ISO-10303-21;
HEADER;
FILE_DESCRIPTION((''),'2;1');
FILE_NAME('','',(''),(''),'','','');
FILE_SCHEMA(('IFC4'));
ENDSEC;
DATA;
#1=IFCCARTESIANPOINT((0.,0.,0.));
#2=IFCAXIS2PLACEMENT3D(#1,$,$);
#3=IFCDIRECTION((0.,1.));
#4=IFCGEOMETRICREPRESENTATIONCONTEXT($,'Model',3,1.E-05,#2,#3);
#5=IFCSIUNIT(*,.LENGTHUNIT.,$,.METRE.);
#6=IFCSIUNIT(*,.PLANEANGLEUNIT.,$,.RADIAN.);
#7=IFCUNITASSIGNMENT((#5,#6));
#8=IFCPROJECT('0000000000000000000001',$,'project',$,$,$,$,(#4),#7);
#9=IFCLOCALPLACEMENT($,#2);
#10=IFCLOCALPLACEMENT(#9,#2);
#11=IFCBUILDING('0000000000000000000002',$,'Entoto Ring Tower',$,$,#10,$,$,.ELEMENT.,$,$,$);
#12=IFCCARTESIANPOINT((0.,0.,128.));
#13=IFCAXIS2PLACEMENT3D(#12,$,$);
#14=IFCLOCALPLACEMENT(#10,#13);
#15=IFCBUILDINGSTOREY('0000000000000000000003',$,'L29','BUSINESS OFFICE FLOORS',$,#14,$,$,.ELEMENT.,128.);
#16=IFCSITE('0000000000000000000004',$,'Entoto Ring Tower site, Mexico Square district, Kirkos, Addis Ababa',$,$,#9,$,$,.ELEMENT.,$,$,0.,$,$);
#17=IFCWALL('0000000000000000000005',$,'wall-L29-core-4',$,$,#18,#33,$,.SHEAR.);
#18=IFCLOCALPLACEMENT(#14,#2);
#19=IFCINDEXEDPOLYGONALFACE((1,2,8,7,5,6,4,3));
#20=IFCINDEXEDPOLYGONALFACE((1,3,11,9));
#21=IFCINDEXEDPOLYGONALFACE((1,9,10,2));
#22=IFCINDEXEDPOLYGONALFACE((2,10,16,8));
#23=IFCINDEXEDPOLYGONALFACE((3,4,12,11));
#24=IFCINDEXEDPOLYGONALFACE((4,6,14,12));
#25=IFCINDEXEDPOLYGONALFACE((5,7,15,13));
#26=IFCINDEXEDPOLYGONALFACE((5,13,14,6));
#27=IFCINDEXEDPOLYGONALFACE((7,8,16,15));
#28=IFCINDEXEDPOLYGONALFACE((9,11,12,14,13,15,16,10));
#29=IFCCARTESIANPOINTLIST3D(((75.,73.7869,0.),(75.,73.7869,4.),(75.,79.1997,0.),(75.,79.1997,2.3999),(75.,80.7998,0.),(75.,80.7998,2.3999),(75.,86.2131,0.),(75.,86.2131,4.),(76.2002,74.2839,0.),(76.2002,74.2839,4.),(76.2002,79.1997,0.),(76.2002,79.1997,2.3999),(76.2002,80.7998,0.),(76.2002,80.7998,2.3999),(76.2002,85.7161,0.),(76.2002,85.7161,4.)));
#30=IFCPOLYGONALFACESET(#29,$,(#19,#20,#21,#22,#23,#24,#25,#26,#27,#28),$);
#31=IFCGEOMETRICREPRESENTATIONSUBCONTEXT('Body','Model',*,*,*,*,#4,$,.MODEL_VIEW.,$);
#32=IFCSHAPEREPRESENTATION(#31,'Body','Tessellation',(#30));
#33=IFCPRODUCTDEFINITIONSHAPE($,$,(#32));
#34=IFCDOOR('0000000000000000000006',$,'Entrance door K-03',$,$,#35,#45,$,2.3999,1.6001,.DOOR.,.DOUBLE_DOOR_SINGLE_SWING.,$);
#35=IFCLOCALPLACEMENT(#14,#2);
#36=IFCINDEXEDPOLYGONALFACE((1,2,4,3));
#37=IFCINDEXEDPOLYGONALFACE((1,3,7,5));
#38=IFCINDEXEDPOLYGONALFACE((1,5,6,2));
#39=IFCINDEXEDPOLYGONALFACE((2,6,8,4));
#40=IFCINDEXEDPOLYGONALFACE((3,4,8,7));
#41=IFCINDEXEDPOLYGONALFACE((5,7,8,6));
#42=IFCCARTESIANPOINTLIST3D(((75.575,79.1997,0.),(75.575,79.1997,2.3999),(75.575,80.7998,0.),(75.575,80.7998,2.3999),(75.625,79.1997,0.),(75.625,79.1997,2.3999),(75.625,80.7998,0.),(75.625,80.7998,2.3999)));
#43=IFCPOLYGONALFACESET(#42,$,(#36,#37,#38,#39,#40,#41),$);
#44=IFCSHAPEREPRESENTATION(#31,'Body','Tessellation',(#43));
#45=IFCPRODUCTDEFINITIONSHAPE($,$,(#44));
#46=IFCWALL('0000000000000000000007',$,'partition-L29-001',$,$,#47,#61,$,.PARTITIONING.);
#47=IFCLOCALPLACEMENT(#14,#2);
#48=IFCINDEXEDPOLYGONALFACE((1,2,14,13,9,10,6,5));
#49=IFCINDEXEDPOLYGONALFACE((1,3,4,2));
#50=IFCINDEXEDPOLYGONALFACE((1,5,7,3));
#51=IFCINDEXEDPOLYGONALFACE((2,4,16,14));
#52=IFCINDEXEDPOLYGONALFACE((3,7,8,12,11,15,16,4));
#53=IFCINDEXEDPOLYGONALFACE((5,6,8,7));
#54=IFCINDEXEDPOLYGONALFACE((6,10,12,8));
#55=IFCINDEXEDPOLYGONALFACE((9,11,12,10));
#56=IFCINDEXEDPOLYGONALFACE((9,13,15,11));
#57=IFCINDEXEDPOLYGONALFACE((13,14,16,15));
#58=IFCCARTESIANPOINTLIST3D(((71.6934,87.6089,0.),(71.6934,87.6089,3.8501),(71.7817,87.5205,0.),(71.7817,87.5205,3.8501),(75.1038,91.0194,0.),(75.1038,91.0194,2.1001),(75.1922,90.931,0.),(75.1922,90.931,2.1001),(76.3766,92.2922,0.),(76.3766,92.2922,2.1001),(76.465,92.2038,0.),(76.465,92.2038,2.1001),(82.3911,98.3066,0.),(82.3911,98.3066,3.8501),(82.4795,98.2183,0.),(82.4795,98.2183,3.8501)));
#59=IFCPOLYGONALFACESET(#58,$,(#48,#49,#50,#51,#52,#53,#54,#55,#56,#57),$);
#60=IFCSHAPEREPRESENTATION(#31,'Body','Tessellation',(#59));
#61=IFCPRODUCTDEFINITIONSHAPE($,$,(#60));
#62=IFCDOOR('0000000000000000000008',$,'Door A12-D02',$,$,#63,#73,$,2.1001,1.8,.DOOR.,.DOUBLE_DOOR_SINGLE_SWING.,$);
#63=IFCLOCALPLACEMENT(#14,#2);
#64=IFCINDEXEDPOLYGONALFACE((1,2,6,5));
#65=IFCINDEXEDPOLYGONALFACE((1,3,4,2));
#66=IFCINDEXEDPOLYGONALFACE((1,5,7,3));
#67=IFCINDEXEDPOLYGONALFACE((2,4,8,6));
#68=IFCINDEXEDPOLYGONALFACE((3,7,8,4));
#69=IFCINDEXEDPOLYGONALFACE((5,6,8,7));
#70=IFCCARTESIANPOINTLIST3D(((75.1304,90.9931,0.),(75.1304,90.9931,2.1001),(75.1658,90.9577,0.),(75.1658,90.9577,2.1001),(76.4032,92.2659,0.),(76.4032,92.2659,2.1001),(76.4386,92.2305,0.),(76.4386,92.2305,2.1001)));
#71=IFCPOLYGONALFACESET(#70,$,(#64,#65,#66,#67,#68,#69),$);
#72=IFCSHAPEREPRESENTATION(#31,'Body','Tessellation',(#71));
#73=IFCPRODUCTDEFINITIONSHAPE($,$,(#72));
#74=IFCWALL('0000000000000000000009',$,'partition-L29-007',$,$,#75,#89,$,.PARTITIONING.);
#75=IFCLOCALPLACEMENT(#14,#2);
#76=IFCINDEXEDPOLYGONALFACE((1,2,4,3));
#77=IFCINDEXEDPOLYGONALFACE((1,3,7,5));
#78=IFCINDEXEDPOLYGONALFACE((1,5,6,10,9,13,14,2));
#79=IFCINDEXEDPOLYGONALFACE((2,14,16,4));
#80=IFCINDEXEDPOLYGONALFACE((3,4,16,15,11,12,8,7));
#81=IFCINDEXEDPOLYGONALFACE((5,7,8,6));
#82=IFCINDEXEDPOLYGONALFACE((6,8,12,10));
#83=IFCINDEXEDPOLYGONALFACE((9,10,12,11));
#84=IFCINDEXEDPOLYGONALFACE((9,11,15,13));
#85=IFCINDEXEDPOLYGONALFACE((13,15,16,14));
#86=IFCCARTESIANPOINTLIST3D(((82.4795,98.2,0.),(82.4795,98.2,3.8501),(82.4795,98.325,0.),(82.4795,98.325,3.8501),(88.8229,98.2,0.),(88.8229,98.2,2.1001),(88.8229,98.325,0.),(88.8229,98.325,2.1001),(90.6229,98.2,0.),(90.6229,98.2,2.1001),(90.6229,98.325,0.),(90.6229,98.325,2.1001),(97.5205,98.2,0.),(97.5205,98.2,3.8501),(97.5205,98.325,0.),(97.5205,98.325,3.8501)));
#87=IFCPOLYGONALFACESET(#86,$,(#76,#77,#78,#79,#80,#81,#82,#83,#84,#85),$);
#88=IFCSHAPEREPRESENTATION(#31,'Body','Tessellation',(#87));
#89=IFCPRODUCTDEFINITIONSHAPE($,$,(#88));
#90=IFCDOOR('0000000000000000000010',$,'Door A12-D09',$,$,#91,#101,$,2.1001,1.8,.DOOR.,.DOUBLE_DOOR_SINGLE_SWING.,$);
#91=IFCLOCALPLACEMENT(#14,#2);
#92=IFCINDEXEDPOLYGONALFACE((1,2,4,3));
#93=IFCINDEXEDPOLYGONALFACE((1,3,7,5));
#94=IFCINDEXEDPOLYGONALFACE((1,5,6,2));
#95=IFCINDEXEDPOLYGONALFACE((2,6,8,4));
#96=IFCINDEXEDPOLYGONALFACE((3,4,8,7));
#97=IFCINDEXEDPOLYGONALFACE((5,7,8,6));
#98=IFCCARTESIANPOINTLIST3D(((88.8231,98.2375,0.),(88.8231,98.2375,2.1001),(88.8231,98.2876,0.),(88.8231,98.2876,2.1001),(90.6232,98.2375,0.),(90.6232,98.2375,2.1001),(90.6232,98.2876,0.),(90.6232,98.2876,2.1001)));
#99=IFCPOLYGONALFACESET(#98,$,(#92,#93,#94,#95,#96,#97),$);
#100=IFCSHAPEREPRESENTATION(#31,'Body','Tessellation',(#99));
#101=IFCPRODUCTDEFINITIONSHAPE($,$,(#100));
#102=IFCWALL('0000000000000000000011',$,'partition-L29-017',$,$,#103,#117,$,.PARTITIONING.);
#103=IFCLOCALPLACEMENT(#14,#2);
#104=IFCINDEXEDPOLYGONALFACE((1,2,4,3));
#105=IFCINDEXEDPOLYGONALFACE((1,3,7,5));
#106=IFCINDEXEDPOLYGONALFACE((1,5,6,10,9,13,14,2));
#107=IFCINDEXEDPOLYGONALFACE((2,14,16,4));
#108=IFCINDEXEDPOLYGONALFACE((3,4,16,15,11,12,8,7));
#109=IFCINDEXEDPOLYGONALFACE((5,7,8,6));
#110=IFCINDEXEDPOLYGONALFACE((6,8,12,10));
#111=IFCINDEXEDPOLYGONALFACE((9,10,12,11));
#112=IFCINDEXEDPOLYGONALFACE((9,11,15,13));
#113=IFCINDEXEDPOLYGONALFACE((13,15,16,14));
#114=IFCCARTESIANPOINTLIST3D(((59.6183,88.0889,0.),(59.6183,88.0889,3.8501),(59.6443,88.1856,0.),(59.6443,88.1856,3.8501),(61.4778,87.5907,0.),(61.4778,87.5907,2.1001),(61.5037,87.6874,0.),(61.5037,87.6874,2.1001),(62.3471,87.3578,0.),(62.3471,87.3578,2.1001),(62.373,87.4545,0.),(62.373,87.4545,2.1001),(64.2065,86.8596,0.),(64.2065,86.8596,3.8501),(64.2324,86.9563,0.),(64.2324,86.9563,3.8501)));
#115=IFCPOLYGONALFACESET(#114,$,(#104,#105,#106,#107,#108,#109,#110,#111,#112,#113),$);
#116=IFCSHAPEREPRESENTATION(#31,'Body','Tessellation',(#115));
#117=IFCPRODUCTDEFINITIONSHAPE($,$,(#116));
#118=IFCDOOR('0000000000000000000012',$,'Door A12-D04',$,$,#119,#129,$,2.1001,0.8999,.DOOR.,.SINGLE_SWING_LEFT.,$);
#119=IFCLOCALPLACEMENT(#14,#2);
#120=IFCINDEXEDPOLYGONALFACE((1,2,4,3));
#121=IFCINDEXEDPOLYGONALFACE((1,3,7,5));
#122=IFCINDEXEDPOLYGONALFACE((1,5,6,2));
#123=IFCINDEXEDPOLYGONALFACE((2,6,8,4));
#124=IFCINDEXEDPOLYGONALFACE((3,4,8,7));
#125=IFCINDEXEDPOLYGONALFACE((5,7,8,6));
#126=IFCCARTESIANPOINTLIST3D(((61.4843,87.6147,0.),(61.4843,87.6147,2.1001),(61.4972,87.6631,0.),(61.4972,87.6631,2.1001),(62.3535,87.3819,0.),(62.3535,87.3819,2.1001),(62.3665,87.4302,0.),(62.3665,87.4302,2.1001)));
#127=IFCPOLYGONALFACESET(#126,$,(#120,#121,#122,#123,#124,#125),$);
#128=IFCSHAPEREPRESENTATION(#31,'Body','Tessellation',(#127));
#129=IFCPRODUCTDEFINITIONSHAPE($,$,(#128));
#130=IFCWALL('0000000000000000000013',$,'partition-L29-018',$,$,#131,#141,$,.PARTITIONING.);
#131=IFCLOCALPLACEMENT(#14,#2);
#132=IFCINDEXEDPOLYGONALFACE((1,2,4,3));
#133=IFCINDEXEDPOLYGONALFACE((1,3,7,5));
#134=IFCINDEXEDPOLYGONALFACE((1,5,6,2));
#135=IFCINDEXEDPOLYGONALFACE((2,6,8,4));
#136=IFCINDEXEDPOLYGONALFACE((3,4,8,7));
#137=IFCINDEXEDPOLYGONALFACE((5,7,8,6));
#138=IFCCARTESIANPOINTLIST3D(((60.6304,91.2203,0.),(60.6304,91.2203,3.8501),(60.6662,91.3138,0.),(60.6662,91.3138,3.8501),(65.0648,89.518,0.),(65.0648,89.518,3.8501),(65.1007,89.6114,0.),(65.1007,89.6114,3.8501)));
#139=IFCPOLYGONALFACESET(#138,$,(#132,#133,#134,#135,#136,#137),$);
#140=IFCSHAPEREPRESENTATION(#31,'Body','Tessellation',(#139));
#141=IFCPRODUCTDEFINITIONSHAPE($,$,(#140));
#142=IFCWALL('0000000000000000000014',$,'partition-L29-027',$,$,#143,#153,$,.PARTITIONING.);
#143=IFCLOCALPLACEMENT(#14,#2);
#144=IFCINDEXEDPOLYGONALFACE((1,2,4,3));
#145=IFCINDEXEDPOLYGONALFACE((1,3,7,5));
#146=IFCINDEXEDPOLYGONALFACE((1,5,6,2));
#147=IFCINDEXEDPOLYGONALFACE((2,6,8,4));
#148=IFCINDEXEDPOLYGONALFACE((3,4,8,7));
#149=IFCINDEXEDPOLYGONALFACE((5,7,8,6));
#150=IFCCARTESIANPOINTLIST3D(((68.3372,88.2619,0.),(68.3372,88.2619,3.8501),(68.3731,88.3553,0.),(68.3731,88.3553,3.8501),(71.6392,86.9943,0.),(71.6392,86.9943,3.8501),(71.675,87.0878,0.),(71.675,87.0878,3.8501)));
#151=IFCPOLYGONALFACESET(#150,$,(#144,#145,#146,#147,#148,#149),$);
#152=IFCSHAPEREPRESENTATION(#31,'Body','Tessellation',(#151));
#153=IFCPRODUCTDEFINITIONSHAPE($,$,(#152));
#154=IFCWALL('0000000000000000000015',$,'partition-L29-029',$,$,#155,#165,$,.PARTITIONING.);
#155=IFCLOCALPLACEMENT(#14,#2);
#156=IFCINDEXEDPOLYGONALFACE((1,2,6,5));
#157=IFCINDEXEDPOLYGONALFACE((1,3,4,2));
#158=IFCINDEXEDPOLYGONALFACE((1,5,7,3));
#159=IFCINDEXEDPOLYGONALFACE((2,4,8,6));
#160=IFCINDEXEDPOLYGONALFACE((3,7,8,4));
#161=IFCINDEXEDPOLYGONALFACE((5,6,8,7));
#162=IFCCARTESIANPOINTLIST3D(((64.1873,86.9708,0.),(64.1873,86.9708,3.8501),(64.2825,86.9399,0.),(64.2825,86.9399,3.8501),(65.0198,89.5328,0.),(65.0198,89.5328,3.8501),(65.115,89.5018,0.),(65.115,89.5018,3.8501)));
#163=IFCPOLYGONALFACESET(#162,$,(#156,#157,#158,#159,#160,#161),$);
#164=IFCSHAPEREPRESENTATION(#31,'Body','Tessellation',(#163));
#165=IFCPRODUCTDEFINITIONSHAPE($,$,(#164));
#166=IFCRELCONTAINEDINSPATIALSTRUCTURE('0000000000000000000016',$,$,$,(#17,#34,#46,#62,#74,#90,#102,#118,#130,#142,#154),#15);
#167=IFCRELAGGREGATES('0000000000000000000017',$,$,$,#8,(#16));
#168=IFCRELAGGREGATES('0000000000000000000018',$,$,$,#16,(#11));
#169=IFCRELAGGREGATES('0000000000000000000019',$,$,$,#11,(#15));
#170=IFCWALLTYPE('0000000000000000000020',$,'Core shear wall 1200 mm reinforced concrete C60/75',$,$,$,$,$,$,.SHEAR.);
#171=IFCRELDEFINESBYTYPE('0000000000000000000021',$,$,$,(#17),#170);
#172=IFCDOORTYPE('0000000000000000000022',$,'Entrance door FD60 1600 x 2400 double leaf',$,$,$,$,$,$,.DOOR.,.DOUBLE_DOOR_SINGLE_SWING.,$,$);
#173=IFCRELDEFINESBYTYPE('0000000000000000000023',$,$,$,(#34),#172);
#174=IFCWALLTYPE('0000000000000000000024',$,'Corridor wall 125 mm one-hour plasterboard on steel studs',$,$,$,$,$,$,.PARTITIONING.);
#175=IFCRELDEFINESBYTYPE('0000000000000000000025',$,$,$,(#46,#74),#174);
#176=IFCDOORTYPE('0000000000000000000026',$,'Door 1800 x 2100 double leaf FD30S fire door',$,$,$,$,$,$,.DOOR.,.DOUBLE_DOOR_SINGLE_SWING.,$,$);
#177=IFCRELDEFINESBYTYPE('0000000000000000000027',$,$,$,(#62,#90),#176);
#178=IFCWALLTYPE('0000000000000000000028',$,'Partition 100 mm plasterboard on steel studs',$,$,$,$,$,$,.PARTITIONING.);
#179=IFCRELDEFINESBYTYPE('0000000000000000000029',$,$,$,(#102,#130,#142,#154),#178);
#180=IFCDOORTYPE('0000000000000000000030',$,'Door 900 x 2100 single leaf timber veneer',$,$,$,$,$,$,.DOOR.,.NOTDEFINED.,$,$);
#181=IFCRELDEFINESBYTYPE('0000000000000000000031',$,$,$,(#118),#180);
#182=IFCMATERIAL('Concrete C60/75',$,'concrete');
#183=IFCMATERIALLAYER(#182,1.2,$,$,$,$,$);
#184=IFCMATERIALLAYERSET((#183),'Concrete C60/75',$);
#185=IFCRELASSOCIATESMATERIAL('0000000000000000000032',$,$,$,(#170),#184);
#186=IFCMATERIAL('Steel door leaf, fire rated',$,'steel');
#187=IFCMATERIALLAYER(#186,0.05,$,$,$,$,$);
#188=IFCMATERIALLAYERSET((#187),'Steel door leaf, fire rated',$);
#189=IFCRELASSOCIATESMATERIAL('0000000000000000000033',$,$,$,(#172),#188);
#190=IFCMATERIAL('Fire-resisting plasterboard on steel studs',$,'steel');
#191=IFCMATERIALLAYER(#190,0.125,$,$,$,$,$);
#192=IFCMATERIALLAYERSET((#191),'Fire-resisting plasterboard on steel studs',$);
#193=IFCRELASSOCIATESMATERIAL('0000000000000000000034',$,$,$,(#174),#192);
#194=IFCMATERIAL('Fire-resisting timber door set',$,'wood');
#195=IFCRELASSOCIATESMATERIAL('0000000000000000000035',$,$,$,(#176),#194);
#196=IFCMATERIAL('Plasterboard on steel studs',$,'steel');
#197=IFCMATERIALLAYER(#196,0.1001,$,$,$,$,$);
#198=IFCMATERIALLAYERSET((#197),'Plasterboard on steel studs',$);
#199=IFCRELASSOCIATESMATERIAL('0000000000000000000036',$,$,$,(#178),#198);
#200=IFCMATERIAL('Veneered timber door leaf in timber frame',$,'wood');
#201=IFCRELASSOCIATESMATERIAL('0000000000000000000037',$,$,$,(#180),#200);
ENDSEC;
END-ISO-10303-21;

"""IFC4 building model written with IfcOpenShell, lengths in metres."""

from ifc_helpers import new_model, si_unit, direction, frame, frame_2d, origin, place, context, subcontext, project, spatial, polyline, rectangle, outline, extrude, material, layer, layer_set, type_object, element, fill, save


model = new_model("IFC4")

# Units and contexts
model_context = context("Model", 3, precision=1e-05, world=origin(), true_north=direction((0.0, 1.0)))
body_context = subcontext(model_context, "Body", "Model", "MODEL_VIEW")
ifc_project = project(units=[si_unit("LENGTHUNIT", "METRE"), si_unit("PLANEANGLEUNIT", "RADIAN")], contexts=[model_context])

# Site, building, storey
site_placement = place(None, origin())
site = spatial("IfcSite", under=ifc_project, at=site_placement, Name="Entoto Ring Tower site, Mexico Square district, Kirkos, Addis Ababa", CompositionType="ELEMENT", RefElevation=0.0)
building_placement = place(site_placement, origin())
building = spatial("IfcBuilding", under=site, at=building_placement, Name="Entoto Ring Tower", CompositionType="ELEMENT")
storey_placement = place(building_placement, frame((0.0, 0.0, 128.0)))
storey = spatial("IfcBuildingStorey", under=building, at=storey_placement, Name="L29", Description="BUSINESS OFFICE FLOORS", CompositionType="ELEMENT", Elevation=128.0)

# Shared definitions
ifc_material_1 = material(Name="Concrete C60/75", Category="concrete")
ifc_layer_1 = layer(ifc_material_1, 1.2)
ifc_layer_set_1 = layer_set([ifc_layer_1], Name="Concrete C60/75")
wall_type_1 = type_object("IfcWallType", Name="Core shear wall 1200 mm reinforced concrete C60/75", PredefinedType="SHEAR", material=ifc_layer_set_1)

# Walls, openings, doors
wall_1_placement = place(storey_placement, frame((75.6001, 85.9646, 0.0), z_axis=(0.0, 0.0, 1.0), x_axis=(0.0, -1.0, 0.0)))
wall_1 = element("IfcWall", 1, at=wall_1_placement, inside=storey, type_object=wall_type_1, Name="wall-L29-core-4", PredefinedType="SHEAR", context=body_context, shape_type="SweptSolid", body=[
    extrude(outline(polyline([(-0.2485, -0.6001), (12.1777, -0.6001), (11.6807, 0.6001), (0.2485, 0.6001), (-0.2485, -0.6001)])), origin(), (0.0, 0.0, 1.0), 4.0),
])
opening_1_placement = place(wall_1_placement, frame((5.1648, 0.0, 0.0)))
opening_1 = element("IfcOpeningElement", 2, at=opening_1_placement, cuts=wall_1, PredefinedType="OPENING", context=body_context, shape_type="SweptSolid", body=[
    extrude(rectangle(XDim=1.6001, YDim=2.3999, at=frame_2d((0.8, 1.2))), frame((0.0, 0.6099, 0.0), z_axis=(0.0, -1.0, 0.0), x_axis=(1.0, 0.0, 0.0)), (0.0, 0.0, 1.0), 1.22),
])
ifc_material_2 = material(Name="Steel door leaf, fire rated", Category="steel")
ifc_layer_2 = layer(ifc_material_2, 0.05)
ifc_layer_set_2 = layer_set([ifc_layer_2], Name="Steel door leaf, fire rated")
door_type_1 = type_object("IfcDoorType", Name="Entrance door FD60 1600 x 2400 double leaf", OperationType="DOUBLE_DOOR_SINGLE_SWING", PredefinedType="DOOR", material=ifc_layer_set_2)
door_1_placement = place(opening_1_placement, origin())
door_1 = element("IfcDoor", 3, at=door_1_placement, inside=storey, type_object=door_type_1, Name="Entrance door K-03", OperationType="DOUBLE_DOOR_SINGLE_SWING", OverallHeight=2.3999, OverallWidth=1.6001, PredefinedType="DOOR", context=body_context, shape_type="SweptSolid", body=[
    extrude(rectangle(XDim=1.6001, YDim=2.3999, at=frame_2d((0.8, 1.2))), frame((0.0, 0.0249, 0.0), z_axis=(0.0, -1.0, 0.0), x_axis=(1.0, 0.0, 0.0)), (0.0, 0.0, 1.0), 0.05),
])
fill(opening_1, door_1)
ifc_material_3 = material(Name="Fire-resisting plasterboard on steel studs", Category="steel")
ifc_layer_3 = layer(ifc_material_3, 0.125)
ifc_layer_set_3 = layer_set([ifc_layer_3], Name="Fire-resisting plasterboard on steel studs")
wall_type_2 = type_object("IfcWallType", Name="Corridor wall 125 mm one-hour plasterboard on steel studs", PredefinedType="PARTITIONING", material=ifc_layer_set_3)
wall_2_placement = place(storey_placement, frame((71.7375, 87.5647, 0.0), z_axis=(0.0, 0.0, 1.0), x_axis=(0.707107, 0.707107, 0.0)))
wall_2 = element("IfcWall", 4, at=wall_2_placement, inside=storey, type_object=wall_type_2, Name="partition-L29-001", PredefinedType="PARTITIONING", context=body_context, shape_type="SweptSolid", body=[
    extrude(rectangle(XDim=15.1289, YDim=0.125, at=frame_2d((7.5645, 0.0))), origin(), (0.0, 0.0, 1.0), 3.8501),
])
opening_2_placement = place(wall_2_placement, frame((4.8232, 0.0, 0.0)))
opening_2 = element("IfcOpeningElement", 5, at=opening_2_placement, cuts=wall_2, PredefinedType="OPENING", context=body_context, shape_type="SweptSolid", body=[
    extrude(rectangle(XDim=1.8, YDim=2.1001, at=frame_2d((0.8999, 1.05))), frame((0.0, 0.0725, 0.0), z_axis=(0.0, -1.0, 0.0), x_axis=(1.0, 0.0, 0.0)), (0.0, 0.0, 1.0), 0.145),
])
ifc_material_4 = material(Name="Fire-resisting timber door set", Category="wood")
door_type_2 = type_object("IfcDoorType", Name="Door 1800 x 2100 double leaf FD30S fire door", OperationType="DOUBLE_DOOR_SINGLE_SWING", PredefinedType="DOOR", material=ifc_material_4)
door_2_placement = place(opening_2_placement, frame((1.8, 0.0, 0.0), z_axis=(0.0, 0.0, 1.0), x_axis=(-1.0, 0.0, 0.0)))
door_2 = element("IfcDoor", 6, at=door_2_placement, inside=storey, type_object=door_type_2, Name="Door A12-D02", OperationType="DOUBLE_DOOR_SINGLE_SWING", OverallHeight=2.1001, OverallWidth=1.8, PredefinedType="DOOR", context=body_context, shape_type="SweptSolid", body=[
    extrude(rectangle(XDim=1.8, YDim=2.1001, at=frame_2d((0.8999, 1.05))), frame((0.0, 0.0249, 0.0), z_axis=(0.0, -1.0, 0.0), x_axis=(1.0, 0.0, 0.0)), (0.0, 0.0, 1.0), 0.05),
])
fill(opening_2, door_2)
wall_3_placement = place(storey_placement, frame((82.4795, 98.2625, 0.0), z_axis=(0.0, 0.0, 1.0), x_axis=(1.0, 0.0, 0.0)))
wall_3 = element("IfcWall", 7, at=wall_3_placement, inside=storey, type_object=wall_type_2, Name="partition-L29-007", PredefinedType="PARTITIONING", context=body_context, shape_type="SweptSolid", body=[
    extrude(rectangle(XDim=15.041, YDim=0.125, at=frame_2d((7.5205, 0.0))), origin(), (0.0, 0.0, 1.0), 3.8501),
])
opening_3_placement = place(wall_3_placement, frame((6.3435, 0.0, 0.0)))
opening_3 = element("IfcOpeningElement", 8, at=opening_3_placement, cuts=wall_3, PredefinedType="OPENING", context=body_context, shape_type="SweptSolid", body=[
    extrude(rectangle(XDim=1.8, YDim=2.1001, at=frame_2d((0.8999, 1.05))), frame((0.0, 0.0725, 0.0), z_axis=(0.0, -1.0, 0.0), x_axis=(1.0, 0.0, 0.0)), (0.0, 0.0, 1.0), 0.145),
])
door_3_placement = place(opening_3_placement, frame((1.8, 0.0, 0.0), z_axis=(0.0, 0.0, 1.0), x_axis=(-1.0, 0.0, 0.0)))
door_3 = element("IfcDoor", 9, at=door_3_placement, inside=storey, type_object=door_type_2, Name="Door A12-D09", OperationType="DOUBLE_DOOR_SINGLE_SWING", OverallHeight=2.1001, OverallWidth=1.8, PredefinedType="DOOR", context=body_context, shape_type="SweptSolid", body=[
    extrude(rectangle(XDim=1.8, YDim=2.1001, at=frame_2d((0.8999, 1.05))), frame((0.0, 0.0249, 0.0), z_axis=(0.0, -1.0, 0.0), x_axis=(1.0, 0.0, 0.0)), (0.0, 0.0, 1.0), 0.05),
])
fill(opening_3, door_3)
ifc_material_5 = material(Name="Plasterboard on steel studs", Category="steel")
ifc_layer_4 = layer(ifc_material_5, 0.1001)
ifc_layer_set_4 = layer_set([ifc_layer_4], Name="Plasterboard on steel studs")
wall_type_3 = type_object("IfcWallType", Name="Partition 100 mm plasterboard on steel studs", PredefinedType="PARTITIONING", material=ifc_layer_set_4)
wall_4_placement = place(storey_placement, frame((64.2195, 86.908, 0.0), z_axis=(0.0, 0.0, 1.0), x_axis=(-0.965933, 0.258792, 0.0)))
wall_4 = element("IfcWall", 10, at=wall_4_placement, inside=storey, type_object=wall_type_3, Name="partition-L29-017", PredefinedType="PARTITIONING", context=body_context, shape_type="SweptSolid", body=[
    extrude(rectangle(XDim=4.75, YDim=0.1001, at=frame_2d((2.375, 0.0))), origin(), (0.0, 0.0, 1.0), 3.8501),
])
opening_4_placement = place(wall_4_placement, frame((1.925, 0.0, 0.0)))
opening_4 = element("IfcOpeningElement", 11, at=opening_4_placement, cuts=wall_4, PredefinedType="OPENING", context=body_context, shape_type="SweptSolid", body=[
    extrude(rectangle(XDim=0.8999, YDim=2.1001, at=frame_2d((0.45, 1.05))), frame((0.0, 0.0601, 0.0), z_axis=(0.0, -1.0, 0.0), x_axis=(1.0, 0.0, 0.0)), (0.0, 0.0, 1.0), 0.1201),
])
ifc_material_6 = material(Name="Veneered timber door leaf in timber frame", Category="wood")
door_type_3 = type_object("IfcDoorType", Name="Door 900 x 2100 single leaf timber veneer", OperationType="NOTDEFINED", PredefinedType="DOOR", material=ifc_material_6)
door_4_placement = place(opening_4_placement, frame((0.8999, 0.0, 0.0), z_axis=(0.0, 0.0, 1.0), x_axis=(-1.0, 0.0, 0.0)))
door_4 = element("IfcDoor", 12, at=door_4_placement, inside=storey, type_object=door_type_3, Name="Door A12-D04", OperationType="SINGLE_SWING_LEFT", OverallHeight=2.1001, OverallWidth=0.8999, PredefinedType="DOOR", context=body_context, shape_type="SweptSolid", body=[
    extrude(rectangle(XDim=0.8999, YDim=2.1001, at=frame_2d((0.45, 1.05))), frame((0.0, 0.0249, 0.0), z_axis=(0.0, -1.0, 0.0), x_axis=(1.0, 0.0, 0.0)), (0.0, 0.0, 1.0), 0.05),
])
fill(opening_4, door_4)

# Walls
wall_5_placement = place(storey_placement, frame((65.0828, 89.5647, 0.0), z_axis=(0.0, 0.0, 1.0), x_axis=(-0.933572, 0.35839, 0.0)))
element("IfcWall", 13, at=wall_5_placement, inside=storey, type_object=wall_type_3, Name="partition-L29-018", PredefinedType="PARTITIONING", context=body_context, shape_type="SweptSolid", body=[
    extrude(rectangle(XDim=4.75, YDim=0.1001, at=frame_2d((2.375, 0.0))), origin(), (0.0, 0.0, 1.0), 3.8501),
])
wall_6_placement = place(storey_placement, frame((71.6572, 87.041, 0.0), z_axis=(0.0, 0.0, 1.0), x_axis=(-0.933575, 0.358382, 0.0)))
element("IfcWall", 14, at=wall_6_placement, inside=storey, type_object=wall_type_3, Name="partition-L29-027", PredefinedType="PARTITIONING", context=body_context, shape_type="SweptSolid", body=[
    extrude(rectangle(XDim=3.5369, YDim=0.1001, at=frame_2d((1.7686, 0.0))), origin(), (0.0, 0.0, 1.0), 3.8501),
])
wall_7_placement = place(storey_placement, frame((64.2349, 86.9553, 0.0), z_axis=(0.0, 0.0, 1.0), x_axis=(0.309041, 0.951049, 0.0)))
element("IfcWall", 15, at=wall_7_placement, inside=storey, type_object=wall_type_3, Name="partition-L29-029", PredefinedType="PARTITIONING", context=body_context, shape_type="SweptSolid", body=[
    extrude(rectangle(XDim=2.6938, YDim=0.1001, at=frame_2d((1.3469, 0.0))), origin(), (0.0, 0.0, 1.0), 3.8501),
])

save(model, "model.ifc")
